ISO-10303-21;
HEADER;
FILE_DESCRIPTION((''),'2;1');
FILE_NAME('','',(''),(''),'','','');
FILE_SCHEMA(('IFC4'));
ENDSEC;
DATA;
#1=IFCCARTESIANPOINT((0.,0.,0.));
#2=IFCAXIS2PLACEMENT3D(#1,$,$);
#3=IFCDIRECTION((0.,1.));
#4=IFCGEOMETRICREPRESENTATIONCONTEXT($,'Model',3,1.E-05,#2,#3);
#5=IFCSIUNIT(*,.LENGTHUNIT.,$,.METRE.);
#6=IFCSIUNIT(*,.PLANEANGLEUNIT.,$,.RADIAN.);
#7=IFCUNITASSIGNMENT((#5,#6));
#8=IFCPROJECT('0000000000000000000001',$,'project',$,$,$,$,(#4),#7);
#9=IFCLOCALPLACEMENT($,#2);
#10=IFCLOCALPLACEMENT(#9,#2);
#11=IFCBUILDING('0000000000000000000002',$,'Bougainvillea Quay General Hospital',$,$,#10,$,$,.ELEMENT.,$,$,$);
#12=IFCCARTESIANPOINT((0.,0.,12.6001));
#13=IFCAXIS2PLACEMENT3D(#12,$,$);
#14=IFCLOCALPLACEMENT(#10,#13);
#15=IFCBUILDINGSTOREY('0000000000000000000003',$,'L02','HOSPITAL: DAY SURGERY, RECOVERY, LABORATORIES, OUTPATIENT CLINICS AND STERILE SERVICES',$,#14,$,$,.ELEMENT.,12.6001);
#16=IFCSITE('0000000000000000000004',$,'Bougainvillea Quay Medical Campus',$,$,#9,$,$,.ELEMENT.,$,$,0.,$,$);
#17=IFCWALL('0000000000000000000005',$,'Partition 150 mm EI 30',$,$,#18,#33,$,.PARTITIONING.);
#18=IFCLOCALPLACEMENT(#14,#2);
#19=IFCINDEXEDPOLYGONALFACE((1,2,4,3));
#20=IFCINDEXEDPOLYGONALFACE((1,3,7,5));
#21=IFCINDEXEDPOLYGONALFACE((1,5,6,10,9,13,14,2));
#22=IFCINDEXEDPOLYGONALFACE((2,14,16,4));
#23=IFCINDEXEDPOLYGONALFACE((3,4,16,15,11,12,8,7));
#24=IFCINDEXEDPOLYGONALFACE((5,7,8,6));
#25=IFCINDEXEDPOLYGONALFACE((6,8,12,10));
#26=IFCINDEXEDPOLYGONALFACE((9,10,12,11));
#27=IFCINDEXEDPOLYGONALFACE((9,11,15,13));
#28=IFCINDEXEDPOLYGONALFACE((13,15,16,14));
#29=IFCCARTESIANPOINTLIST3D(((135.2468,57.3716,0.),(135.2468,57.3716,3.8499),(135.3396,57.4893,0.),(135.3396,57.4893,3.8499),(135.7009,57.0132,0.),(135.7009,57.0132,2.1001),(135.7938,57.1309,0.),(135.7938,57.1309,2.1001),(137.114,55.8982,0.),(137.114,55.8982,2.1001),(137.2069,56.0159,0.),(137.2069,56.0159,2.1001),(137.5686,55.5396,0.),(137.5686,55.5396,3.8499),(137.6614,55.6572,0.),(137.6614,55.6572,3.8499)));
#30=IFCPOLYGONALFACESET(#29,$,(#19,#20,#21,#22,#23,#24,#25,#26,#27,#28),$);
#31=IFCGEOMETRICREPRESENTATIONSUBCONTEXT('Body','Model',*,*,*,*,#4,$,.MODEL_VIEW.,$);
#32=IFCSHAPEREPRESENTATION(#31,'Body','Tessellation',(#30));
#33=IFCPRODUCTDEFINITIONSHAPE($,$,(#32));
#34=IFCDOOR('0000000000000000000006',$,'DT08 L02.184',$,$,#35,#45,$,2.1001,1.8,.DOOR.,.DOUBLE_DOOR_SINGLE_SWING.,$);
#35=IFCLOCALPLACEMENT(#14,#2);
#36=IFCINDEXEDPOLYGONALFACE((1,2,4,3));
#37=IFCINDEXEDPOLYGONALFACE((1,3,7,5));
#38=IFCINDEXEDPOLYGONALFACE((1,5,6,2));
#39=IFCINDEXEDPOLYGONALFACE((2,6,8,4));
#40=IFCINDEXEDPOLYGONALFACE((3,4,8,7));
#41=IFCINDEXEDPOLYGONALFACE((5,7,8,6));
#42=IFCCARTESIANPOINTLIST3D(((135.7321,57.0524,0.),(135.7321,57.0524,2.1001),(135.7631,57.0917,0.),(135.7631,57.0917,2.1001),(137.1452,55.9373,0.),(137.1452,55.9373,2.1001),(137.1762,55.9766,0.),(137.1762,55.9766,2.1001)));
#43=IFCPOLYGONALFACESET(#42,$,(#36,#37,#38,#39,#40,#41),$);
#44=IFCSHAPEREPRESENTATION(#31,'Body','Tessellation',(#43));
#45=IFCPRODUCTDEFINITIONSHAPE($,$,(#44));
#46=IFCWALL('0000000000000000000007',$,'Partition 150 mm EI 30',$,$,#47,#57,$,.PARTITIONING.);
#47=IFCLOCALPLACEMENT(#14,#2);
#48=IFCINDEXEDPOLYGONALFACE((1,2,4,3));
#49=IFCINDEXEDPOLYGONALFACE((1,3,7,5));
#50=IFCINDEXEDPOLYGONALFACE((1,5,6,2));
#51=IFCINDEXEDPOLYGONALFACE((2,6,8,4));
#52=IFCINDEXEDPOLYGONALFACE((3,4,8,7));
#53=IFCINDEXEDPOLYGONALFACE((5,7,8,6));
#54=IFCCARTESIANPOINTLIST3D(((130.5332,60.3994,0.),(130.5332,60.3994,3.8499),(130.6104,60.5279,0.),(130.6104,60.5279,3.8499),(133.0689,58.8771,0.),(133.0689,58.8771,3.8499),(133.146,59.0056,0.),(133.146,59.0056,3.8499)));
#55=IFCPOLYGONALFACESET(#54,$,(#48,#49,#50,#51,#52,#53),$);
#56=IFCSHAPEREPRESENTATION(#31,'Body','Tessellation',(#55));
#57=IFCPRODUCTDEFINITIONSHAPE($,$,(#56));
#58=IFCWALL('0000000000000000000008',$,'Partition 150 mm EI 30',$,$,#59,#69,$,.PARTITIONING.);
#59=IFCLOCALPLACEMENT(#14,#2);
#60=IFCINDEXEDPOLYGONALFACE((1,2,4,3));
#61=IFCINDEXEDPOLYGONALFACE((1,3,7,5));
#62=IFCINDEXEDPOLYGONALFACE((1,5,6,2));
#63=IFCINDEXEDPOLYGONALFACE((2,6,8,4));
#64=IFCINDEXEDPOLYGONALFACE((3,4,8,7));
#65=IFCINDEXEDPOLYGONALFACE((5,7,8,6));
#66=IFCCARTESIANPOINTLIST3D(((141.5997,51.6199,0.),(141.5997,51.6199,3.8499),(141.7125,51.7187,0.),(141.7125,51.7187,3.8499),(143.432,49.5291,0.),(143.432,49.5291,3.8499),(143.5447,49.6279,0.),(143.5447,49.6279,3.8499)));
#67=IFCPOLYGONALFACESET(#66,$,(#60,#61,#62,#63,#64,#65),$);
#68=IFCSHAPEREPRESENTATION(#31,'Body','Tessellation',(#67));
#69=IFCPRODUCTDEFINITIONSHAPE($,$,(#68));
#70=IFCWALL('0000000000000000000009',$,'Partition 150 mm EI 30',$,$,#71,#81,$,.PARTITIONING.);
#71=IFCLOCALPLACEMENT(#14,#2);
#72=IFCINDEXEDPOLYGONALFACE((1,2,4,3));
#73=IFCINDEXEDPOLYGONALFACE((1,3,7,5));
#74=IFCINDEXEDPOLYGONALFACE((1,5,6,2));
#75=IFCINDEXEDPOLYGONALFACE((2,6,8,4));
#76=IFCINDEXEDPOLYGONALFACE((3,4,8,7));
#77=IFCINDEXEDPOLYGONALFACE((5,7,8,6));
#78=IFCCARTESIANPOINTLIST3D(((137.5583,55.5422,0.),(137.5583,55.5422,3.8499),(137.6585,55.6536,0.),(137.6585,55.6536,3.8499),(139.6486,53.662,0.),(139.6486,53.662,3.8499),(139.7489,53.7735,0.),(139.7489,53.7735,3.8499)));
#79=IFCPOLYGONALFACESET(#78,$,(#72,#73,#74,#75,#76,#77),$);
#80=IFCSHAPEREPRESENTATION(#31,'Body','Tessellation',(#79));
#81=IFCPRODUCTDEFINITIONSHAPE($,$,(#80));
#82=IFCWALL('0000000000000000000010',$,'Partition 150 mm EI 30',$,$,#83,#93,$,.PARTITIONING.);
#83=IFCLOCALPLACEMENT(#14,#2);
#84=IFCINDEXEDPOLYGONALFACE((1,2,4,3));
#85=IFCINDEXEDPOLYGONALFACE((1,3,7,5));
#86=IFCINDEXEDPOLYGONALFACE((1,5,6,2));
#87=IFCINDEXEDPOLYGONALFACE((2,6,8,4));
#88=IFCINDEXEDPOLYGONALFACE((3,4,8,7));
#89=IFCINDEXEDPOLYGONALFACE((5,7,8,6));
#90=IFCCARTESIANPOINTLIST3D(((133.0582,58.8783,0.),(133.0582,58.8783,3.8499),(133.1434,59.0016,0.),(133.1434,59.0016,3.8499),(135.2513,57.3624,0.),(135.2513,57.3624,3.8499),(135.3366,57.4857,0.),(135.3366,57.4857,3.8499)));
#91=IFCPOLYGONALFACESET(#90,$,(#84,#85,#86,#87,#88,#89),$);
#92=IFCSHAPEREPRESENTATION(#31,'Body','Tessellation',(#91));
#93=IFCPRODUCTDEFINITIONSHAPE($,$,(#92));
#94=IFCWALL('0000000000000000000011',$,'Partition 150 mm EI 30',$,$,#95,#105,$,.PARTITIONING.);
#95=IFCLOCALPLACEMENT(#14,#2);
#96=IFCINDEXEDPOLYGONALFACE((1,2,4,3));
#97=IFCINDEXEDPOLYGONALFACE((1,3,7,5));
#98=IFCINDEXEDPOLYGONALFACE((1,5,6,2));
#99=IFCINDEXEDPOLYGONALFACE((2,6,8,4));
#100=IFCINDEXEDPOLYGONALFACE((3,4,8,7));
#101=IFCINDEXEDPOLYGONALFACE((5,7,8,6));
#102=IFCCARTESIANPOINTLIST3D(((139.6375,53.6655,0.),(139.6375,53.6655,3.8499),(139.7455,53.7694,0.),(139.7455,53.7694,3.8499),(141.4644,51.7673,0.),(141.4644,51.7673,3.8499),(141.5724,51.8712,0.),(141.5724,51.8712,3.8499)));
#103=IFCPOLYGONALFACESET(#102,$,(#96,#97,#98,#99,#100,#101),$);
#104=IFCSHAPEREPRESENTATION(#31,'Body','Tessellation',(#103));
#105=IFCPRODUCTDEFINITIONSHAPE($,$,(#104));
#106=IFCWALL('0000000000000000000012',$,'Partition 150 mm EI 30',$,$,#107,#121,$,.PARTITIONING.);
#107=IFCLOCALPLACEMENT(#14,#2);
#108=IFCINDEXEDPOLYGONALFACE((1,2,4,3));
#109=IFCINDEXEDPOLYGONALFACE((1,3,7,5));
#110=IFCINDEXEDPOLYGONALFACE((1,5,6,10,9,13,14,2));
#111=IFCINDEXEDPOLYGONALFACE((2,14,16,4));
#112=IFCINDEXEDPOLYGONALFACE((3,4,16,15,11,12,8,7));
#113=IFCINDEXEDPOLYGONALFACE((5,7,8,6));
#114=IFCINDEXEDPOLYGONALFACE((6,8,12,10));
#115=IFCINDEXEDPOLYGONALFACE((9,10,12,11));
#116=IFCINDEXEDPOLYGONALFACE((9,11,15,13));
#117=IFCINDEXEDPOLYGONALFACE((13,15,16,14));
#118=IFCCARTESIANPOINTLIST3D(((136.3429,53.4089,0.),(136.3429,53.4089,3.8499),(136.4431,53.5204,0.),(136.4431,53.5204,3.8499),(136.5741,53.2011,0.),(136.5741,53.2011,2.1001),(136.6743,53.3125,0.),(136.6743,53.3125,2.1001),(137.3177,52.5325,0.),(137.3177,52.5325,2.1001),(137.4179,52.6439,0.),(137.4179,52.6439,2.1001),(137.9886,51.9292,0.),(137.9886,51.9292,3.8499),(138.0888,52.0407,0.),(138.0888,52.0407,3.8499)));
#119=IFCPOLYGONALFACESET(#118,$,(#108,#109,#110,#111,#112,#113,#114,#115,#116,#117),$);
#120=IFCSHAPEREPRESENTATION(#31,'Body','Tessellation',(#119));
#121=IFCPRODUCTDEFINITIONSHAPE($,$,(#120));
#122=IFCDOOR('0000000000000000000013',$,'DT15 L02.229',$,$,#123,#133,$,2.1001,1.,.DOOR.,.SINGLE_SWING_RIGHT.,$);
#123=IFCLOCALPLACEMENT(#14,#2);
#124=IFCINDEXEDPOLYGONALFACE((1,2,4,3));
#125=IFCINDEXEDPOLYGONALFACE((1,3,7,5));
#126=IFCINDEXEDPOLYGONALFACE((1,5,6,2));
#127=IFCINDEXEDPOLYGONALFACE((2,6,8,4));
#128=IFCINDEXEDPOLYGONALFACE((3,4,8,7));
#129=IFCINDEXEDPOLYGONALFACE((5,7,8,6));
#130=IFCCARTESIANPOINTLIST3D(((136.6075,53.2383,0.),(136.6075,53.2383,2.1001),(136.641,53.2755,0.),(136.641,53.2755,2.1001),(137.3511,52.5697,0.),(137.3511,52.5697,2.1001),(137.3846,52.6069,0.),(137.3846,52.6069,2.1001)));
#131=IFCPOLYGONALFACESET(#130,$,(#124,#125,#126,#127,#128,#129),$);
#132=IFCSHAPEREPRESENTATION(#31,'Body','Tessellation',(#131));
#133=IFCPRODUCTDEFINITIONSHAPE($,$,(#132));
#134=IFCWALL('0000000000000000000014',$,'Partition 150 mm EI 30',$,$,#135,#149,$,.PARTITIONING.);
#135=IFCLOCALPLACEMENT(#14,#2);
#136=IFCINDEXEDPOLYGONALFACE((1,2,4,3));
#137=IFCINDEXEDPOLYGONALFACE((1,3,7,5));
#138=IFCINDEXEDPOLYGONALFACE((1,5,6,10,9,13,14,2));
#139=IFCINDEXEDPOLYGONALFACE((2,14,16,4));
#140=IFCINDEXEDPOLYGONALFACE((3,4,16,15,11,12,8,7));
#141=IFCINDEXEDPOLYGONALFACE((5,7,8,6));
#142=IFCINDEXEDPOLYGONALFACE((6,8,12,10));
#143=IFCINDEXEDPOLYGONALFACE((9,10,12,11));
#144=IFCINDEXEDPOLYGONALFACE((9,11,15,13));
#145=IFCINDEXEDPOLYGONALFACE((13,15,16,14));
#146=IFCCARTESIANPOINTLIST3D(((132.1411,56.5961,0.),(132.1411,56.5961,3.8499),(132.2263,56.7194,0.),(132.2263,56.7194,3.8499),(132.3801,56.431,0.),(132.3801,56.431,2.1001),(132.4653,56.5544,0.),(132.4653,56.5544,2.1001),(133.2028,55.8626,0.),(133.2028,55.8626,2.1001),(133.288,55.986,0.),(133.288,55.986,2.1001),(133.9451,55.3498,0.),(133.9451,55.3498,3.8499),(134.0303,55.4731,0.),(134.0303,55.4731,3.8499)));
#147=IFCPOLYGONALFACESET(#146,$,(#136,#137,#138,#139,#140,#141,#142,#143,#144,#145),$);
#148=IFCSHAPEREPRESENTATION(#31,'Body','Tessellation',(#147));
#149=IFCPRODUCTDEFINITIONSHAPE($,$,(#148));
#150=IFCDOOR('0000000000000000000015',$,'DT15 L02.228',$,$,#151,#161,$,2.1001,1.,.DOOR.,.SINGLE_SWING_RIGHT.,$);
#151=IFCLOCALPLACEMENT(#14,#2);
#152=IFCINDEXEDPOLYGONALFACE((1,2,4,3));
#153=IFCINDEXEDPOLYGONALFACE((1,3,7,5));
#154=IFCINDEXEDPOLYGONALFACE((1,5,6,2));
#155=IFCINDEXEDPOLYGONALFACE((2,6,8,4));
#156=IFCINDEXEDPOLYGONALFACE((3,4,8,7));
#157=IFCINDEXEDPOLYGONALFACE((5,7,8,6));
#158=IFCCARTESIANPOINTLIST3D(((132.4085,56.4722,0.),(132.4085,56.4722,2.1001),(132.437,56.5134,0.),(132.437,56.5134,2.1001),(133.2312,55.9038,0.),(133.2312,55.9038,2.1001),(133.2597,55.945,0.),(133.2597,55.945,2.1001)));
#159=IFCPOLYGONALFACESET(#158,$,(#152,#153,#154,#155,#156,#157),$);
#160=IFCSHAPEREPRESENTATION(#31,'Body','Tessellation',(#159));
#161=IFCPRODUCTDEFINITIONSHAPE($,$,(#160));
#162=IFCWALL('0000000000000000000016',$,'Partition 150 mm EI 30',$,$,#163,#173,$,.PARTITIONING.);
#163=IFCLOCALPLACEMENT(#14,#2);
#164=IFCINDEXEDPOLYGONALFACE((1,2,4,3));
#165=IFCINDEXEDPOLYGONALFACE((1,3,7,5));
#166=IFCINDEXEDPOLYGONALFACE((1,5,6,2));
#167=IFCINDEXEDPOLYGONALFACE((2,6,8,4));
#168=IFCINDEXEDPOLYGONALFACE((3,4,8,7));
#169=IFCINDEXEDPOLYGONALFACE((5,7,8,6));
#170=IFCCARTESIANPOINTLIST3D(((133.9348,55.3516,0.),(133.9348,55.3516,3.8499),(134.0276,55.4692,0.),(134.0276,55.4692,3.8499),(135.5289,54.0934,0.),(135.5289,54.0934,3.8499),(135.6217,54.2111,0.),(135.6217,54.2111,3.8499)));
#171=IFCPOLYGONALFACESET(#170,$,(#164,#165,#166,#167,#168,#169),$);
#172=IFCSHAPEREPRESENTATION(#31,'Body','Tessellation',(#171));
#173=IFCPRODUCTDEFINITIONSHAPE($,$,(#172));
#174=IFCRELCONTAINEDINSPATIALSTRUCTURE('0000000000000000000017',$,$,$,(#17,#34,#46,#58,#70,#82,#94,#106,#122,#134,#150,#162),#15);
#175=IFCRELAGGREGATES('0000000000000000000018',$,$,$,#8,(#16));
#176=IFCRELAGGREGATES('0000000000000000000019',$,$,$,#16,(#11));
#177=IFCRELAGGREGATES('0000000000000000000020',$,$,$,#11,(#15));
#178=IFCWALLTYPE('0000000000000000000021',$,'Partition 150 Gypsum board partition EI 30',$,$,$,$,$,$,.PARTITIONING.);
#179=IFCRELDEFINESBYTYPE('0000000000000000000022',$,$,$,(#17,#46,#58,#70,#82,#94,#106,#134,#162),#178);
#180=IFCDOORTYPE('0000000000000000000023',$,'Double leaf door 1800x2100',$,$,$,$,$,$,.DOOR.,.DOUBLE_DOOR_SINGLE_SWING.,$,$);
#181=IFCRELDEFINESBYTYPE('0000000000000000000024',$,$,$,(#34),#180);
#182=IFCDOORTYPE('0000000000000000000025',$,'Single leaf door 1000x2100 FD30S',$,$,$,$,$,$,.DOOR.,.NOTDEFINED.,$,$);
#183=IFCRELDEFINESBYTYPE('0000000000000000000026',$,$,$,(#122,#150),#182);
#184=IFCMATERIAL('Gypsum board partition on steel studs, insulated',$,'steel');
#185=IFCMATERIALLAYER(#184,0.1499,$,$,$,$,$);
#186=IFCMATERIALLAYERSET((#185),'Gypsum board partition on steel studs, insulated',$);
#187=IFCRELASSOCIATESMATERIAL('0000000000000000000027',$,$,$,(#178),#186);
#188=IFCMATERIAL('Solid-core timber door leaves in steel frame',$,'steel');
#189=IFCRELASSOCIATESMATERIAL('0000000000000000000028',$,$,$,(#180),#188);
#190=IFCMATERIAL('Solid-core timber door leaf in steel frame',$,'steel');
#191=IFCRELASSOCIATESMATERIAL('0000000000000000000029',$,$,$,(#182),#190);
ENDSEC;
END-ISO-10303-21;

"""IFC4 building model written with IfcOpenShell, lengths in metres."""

from ifc_helpers import new_model, si_unit, direction, frame, frame_2d, origin, place, context, subcontext, project, spatial, rectangle, extrude, material, layer, layer_set, type_object, element, fill, save


model = new_model("IFC4")

# Units and contexts
model_context = context("Model", 3, precision=1e-05, world=origin(), true_north=direction((0.0, 1.0)))
body_context = subcontext(model_context, "Body", "Model", "MODEL_VIEW")
ifc_project = project(units=[si_unit("LENGTHUNIT", "METRE"), si_unit("PLANEANGLEUNIT", "RADIAN")], contexts=[model_context])

# Site, building, storey
site_placement = place(None, origin())
site = spatial("IfcSite", under=ifc_project, at=site_placement, Name="Bougainvillea Quay Medical Campus", CompositionType="ELEMENT", RefElevation=0.0)
building_placement = place(site_placement, origin())
building = spatial("IfcBuilding", under=site, at=building_placement, Name="Bougainvillea Quay General Hospital", CompositionType="ELEMENT")
storey_placement = place(building_placement, frame((0.0, 0.0, 12.6001)))
storey = spatial("IfcBuildingStorey", under=building, at=storey_placement, Name="L02", Description="HOSPITAL: DAY SURGERY, RECOVERY, LABORATORIES, OUTPATIENT CLINICS AND STERILE SERVICES", CompositionType="ELEMENT", Elevation=12.6001)

# Wall, opening, door
ifc_material_1 = material(Name="Gypsum board partition on steel studs, insulated", Category="steel")
ifc_layer_1 = layer(ifc_material_1, 0.1499)
ifc_layer_set_1 = layer_set([ifc_layer_1], Name="Gypsum board partition on steel studs, insulated")
wall_type_1 = type_object("IfcWallType", Name="Partition 150 Gypsum board partition EI 30", PredefinedType="PARTITIONING", material=ifc_layer_set_1)
wall_1_placement = place(storey_placement, frame((135.2932, 57.4304, 0.0), z_axis=(0.0, 0.0, 1.0), x_axis=(0.785039, -0.619446, 0.0)))
wall_1 = element("IfcWall", 1, at=wall_1_placement, inside=storey, type_object=wall_type_1, Name="Partition 150 mm EI 30", PredefinedType="PARTITIONING", context=body_context, shape_type="SweptSolid", body=[
    extrude(rectangle(XDim=2.9575, YDim=0.1499, at=frame_2d((1.4788, 0.0))), origin(), (0.0, 0.0, 1.0), 3.8499),
])
opening_1_placement = place(wall_1_placement, frame((0.5786, 0.0, 0.0)))
opening_1 = element("IfcOpeningElement", 2, at=opening_1_placement, cuts=wall_1, PredefinedType="OPENING", context=body_context, shape_type="SweptSolid", body=[
    extrude(rectangle(XDim=1.8, YDim=2.1001, at=frame_2d((0.8999, 1.05))), frame((0.0, 0.085, 0.0), z_axis=(0.0, -1.0, 0.0), x_axis=(1.0, 0.0, 0.0)), (0.0, 0.0, 1.0), 0.1699),
])
ifc_material_2 = material(Name="Solid-core timber door leaves in steel frame", Category="steel")
door_type_1 = type_object("IfcDoorType", Name="Double leaf door 1800x2100", OperationType="DOUBLE_DOOR_SINGLE_SWING", PredefinedType="DOOR", material=ifc_material_2)
door_1_placement = place(opening_1_placement, frame((1.8, 0.0, 0.0), z_axis=(0.0, 0.0, 1.0), x_axis=(-1.0, 0.0, 0.0)))
door_1 = element("IfcDoor", 3, at=door_1_placement, inside=storey, type_object=door_type_1, Name="DT08 L02.184", OperationType="DOUBLE_DOOR_SINGLE_SWING", OverallHeight=2.1001, OverallWidth=1.8, PredefinedType="DOOR", context=body_context, shape_type="SweptSolid", body=[
    extrude(rectangle(XDim=1.8, YDim=2.1001, at=frame_2d((0.8999, 1.05))), frame((0.0, 0.0249, 0.0), z_axis=(0.0, -1.0, 0.0), x_axis=(1.0, 0.0, 0.0)), (0.0, 0.0, 1.0), 0.05),
])
fill(opening_1, door_1)

# Walls
wall_2_placement = place(storey_placement, frame((130.5718, 60.4636, 0.0), z_axis=(0.0, 0.0, 1.0), x_axis=(0.857369, -0.514702, 0.0)))
element("IfcWall", 4, at=wall_2_placement, inside=storey, type_object=wall_type_1, Name="Partition 150 mm EI 30", PredefinedType="PARTITIONING", context=body_context, shape_type="SweptSolid", body=[
    extrude(rectangle(XDim=2.9575, YDim=0.1499, at=frame_2d((1.4788, 0.0))), origin(), (0.0, 0.0, 1.0), 3.8499),
])
wall_3_placement = place(storey_placement, frame((141.656, 51.6694, 0.0), z_axis=(0.0, 0.0, 1.0), x_axis=(0.659076, -0.752076, 0.0)))
element("IfcWall", 5, at=wall_3_placement, inside=storey, type_object=wall_type_1, Name="Partition 150 mm EI 30", PredefinedType="PARTITIONING", context=body_context, shape_type="SweptSolid", body=[
    extrude(rectangle(XDim=2.78, YDim=0.1499, at=frame_2d((1.3901, 0.0))), origin(), (0.0, 0.0, 1.0), 3.8499),
])
wall_4_placement = place(storey_placement, frame((137.6084, 55.5979, 0.0), z_axis=(0.0, 0.0, 1.0), x_axis=(0.743501, -0.668734, 0.0)))
element("IfcWall", 6, at=wall_4_placement, inside=storey, type_object=wall_type_1, Name="Partition 150 mm EI 30", PredefinedType="PARTITIONING", context=body_context, shape_type="SweptSolid", body=[
    extrude(rectangle(XDim=2.8115, YDim=0.1499, at=frame_2d((1.4058, 0.0))), origin(), (0.0, 0.0, 1.0), 3.8499),
])
wall_5_placement = place(storey_placement, frame((133.1008, 58.9399, 0.0), z_axis=(0.0, 0.0, 1.0), x_axis=(0.822621, -0.568591, 0.0)))
element("IfcWall", 7, at=wall_5_placement, inside=storey, type_object=wall_type_1, Name="Partition 150 mm EI 30", PredefinedType="PARTITIONING", context=body_context, shape_type="SweptSolid", body=[
    extrude(rectangle(XDim=2.666, YDim=0.1499, at=frame_2d((1.333, 0.0))), origin(), (0.0, 0.0, 1.0), 3.8499),
])
wall_6_placement = place(storey_placement, frame((139.6914, 53.7175, 0.0), z_axis=(0.0, 0.0, 1.0), x_axis=(0.693448, -0.720507, 0.0)))
element("IfcWall", 8, at=wall_6_placement, inside=storey, type_object=wall_type_1, Name="Partition 150 mm EI 30", PredefinedType="PARTITIONING", context=body_context, shape_type="SweptSolid", body=[
    extrude(rectangle(XDim=2.6345, YDim=0.1499, at=frame_2d((1.3174, 0.0))), origin(), (0.0, 0.0, 1.0), 3.8499),
])

# Walls, openings, doors
wall_7_placement = place(storey_placement, frame((136.3931, 53.4646, 0.0), z_axis=(0.0, 0.0, 1.0), x_axis=(0.743618, -0.668605, 0.0)))
wall_7 = element("IfcWall", 9, at=wall_7_placement, inside=storey, type_object=wall_type_1, Name="Partition 150 mm EI 30", PredefinedType="PARTITIONING", context=body_context, shape_type="SweptSolid", body=[
    extrude(rectangle(XDim=2.2131, YDim=0.1499, at=frame_2d((1.1064, 0.0))), origin(), (0.0, 0.0, 1.0), 3.8499),
])
opening_2_placement = place(wall_7_placement, frame((0.3108, 0.0, 0.0)))
opening_2 = element("IfcOpeningElement", 10, at=opening_2_placement, cuts=wall_7, PredefinedType="OPENING", context=body_context, shape_type="SweptSolid", body=[
    extrude(rectangle(XDim=1.0, YDim=2.1001, at=frame_2d((0.5, 1.05))), frame((0.0, 0.085, 0.0), z_axis=(0.0, -1.0, 0.0), x_axis=(1.0, 0.0, 0.0)), (0.0, 0.0, 1.0), 0.1699),
])
ifc_material_3 = material(Name="Solid-core timber door leaf in steel frame", Category="steel")
door_type_2 = type_object("IfcDoorType", Name="Single leaf door 1000x2100 FD30S", OperationType="NOTDEFINED", PredefinedType="DOOR", material=ifc_material_3)
door_2_placement = place(opening_2_placement, frame((1.0, 0.0, 0.0), z_axis=(0.0, 0.0, 1.0), x_axis=(-1.0, 0.0, 0.0)))
door_2 = element("IfcDoor", 11, at=door_2_placement, inside=storey, type_object=door_type_2, Name="DT15 L02.229", OperationType="SINGLE_SWING_RIGHT", OverallHeight=2.1001, OverallWidth=1.0, PredefinedType="DOOR", context=body_context, shape_type="SweptSolid", body=[
    extrude(rectangle(XDim=1.0, YDim=2.1001, at=frame_2d((0.5, 1.05))), frame((0.0, 0.0249, 0.0), z_axis=(0.0, -1.0, 0.0), x_axis=(1.0, 0.0, 0.0)), (0.0, 0.0, 1.0), 0.05),
])
fill(opening_2, door_2)
wall_8_placement = place(storey_placement, frame((132.1838, 56.6577, 0.0), z_axis=(0.0, 0.0, 1.0), x_axis=(0.822737, -0.568422, 0.0)))
wall_8 = element("IfcWall", 12, at=wall_8_placement, inside=storey, type_object=wall_type_1, Name="Partition 150 mm EI 30", PredefinedType="PARTITIONING", context=body_context, shape_type="SweptSolid", body=[
    extrude(rectangle(XDim=2.1926, YDim=0.1499, at=frame_2d((1.0962, 0.0))), origin(), (0.0, 0.0, 1.0), 3.8499),
])
opening_3_placement = place(wall_8_placement, frame((0.2903, 0.0, 0.0)))
opening_3 = element("IfcOpeningElement", 13, at=opening_3_placement, cuts=wall_8, PredefinedType="OPENING", context=body_context, shape_type="SweptSolid", body=[
    extrude(rectangle(XDim=1.0, YDim=2.1001, at=frame_2d((0.5, 1.05))), frame((0.0, 0.085, 0.0), z_axis=(0.0, -1.0, 0.0), x_axis=(1.0, 0.0, 0.0)), (0.0, 0.0, 1.0), 0.1699),
])
door_3_placement = place(opening_3_placement, frame((1.0, 0.0, 0.0), z_axis=(0.0, 0.0, 1.0), x_axis=(-1.0, 0.0, 0.0)))
door_3 = element("IfcDoor", 14, at=door_3_placement, inside=storey, type_object=door_type_2, Name="DT15 L02.228", OperationType="SINGLE_SWING_RIGHT", OverallHeight=2.1001, OverallWidth=1.0, PredefinedType="DOOR", context=body_context, shape_type="SweptSolid", body=[
    extrude(rectangle(XDim=1.0, YDim=2.1001, at=frame_2d((0.5, 1.05))), frame((0.0, 0.0249, 0.0), z_axis=(0.0, -1.0, 0.0), x_axis=(1.0, 0.0, 0.0)), (0.0, 0.0, 1.0), 0.05),
])
fill(opening_3, door_3)

# Wall
wall_9_placement = place(storey_placement, frame((133.9812, 55.4104, 0.0), z_axis=(0.0, 0.0, 1.0), x_axis=(0.784969, -0.619535, 0.0)))
element("IfcWall", 15, at=wall_9_placement, inside=storey, type_object=wall_type_1, Name="Partition 150 mm EI 30", PredefinedType="PARTITIONING", context=body_context, shape_type="SweptSolid", body=[
    extrude(rectangle(XDim=2.0308, YDim=0.1499, at=frame_2d((1.0154, 0.0))), origin(), (0.0, 0.0, 1.0), 3.8499),
])

save(model, "model.ifc")
